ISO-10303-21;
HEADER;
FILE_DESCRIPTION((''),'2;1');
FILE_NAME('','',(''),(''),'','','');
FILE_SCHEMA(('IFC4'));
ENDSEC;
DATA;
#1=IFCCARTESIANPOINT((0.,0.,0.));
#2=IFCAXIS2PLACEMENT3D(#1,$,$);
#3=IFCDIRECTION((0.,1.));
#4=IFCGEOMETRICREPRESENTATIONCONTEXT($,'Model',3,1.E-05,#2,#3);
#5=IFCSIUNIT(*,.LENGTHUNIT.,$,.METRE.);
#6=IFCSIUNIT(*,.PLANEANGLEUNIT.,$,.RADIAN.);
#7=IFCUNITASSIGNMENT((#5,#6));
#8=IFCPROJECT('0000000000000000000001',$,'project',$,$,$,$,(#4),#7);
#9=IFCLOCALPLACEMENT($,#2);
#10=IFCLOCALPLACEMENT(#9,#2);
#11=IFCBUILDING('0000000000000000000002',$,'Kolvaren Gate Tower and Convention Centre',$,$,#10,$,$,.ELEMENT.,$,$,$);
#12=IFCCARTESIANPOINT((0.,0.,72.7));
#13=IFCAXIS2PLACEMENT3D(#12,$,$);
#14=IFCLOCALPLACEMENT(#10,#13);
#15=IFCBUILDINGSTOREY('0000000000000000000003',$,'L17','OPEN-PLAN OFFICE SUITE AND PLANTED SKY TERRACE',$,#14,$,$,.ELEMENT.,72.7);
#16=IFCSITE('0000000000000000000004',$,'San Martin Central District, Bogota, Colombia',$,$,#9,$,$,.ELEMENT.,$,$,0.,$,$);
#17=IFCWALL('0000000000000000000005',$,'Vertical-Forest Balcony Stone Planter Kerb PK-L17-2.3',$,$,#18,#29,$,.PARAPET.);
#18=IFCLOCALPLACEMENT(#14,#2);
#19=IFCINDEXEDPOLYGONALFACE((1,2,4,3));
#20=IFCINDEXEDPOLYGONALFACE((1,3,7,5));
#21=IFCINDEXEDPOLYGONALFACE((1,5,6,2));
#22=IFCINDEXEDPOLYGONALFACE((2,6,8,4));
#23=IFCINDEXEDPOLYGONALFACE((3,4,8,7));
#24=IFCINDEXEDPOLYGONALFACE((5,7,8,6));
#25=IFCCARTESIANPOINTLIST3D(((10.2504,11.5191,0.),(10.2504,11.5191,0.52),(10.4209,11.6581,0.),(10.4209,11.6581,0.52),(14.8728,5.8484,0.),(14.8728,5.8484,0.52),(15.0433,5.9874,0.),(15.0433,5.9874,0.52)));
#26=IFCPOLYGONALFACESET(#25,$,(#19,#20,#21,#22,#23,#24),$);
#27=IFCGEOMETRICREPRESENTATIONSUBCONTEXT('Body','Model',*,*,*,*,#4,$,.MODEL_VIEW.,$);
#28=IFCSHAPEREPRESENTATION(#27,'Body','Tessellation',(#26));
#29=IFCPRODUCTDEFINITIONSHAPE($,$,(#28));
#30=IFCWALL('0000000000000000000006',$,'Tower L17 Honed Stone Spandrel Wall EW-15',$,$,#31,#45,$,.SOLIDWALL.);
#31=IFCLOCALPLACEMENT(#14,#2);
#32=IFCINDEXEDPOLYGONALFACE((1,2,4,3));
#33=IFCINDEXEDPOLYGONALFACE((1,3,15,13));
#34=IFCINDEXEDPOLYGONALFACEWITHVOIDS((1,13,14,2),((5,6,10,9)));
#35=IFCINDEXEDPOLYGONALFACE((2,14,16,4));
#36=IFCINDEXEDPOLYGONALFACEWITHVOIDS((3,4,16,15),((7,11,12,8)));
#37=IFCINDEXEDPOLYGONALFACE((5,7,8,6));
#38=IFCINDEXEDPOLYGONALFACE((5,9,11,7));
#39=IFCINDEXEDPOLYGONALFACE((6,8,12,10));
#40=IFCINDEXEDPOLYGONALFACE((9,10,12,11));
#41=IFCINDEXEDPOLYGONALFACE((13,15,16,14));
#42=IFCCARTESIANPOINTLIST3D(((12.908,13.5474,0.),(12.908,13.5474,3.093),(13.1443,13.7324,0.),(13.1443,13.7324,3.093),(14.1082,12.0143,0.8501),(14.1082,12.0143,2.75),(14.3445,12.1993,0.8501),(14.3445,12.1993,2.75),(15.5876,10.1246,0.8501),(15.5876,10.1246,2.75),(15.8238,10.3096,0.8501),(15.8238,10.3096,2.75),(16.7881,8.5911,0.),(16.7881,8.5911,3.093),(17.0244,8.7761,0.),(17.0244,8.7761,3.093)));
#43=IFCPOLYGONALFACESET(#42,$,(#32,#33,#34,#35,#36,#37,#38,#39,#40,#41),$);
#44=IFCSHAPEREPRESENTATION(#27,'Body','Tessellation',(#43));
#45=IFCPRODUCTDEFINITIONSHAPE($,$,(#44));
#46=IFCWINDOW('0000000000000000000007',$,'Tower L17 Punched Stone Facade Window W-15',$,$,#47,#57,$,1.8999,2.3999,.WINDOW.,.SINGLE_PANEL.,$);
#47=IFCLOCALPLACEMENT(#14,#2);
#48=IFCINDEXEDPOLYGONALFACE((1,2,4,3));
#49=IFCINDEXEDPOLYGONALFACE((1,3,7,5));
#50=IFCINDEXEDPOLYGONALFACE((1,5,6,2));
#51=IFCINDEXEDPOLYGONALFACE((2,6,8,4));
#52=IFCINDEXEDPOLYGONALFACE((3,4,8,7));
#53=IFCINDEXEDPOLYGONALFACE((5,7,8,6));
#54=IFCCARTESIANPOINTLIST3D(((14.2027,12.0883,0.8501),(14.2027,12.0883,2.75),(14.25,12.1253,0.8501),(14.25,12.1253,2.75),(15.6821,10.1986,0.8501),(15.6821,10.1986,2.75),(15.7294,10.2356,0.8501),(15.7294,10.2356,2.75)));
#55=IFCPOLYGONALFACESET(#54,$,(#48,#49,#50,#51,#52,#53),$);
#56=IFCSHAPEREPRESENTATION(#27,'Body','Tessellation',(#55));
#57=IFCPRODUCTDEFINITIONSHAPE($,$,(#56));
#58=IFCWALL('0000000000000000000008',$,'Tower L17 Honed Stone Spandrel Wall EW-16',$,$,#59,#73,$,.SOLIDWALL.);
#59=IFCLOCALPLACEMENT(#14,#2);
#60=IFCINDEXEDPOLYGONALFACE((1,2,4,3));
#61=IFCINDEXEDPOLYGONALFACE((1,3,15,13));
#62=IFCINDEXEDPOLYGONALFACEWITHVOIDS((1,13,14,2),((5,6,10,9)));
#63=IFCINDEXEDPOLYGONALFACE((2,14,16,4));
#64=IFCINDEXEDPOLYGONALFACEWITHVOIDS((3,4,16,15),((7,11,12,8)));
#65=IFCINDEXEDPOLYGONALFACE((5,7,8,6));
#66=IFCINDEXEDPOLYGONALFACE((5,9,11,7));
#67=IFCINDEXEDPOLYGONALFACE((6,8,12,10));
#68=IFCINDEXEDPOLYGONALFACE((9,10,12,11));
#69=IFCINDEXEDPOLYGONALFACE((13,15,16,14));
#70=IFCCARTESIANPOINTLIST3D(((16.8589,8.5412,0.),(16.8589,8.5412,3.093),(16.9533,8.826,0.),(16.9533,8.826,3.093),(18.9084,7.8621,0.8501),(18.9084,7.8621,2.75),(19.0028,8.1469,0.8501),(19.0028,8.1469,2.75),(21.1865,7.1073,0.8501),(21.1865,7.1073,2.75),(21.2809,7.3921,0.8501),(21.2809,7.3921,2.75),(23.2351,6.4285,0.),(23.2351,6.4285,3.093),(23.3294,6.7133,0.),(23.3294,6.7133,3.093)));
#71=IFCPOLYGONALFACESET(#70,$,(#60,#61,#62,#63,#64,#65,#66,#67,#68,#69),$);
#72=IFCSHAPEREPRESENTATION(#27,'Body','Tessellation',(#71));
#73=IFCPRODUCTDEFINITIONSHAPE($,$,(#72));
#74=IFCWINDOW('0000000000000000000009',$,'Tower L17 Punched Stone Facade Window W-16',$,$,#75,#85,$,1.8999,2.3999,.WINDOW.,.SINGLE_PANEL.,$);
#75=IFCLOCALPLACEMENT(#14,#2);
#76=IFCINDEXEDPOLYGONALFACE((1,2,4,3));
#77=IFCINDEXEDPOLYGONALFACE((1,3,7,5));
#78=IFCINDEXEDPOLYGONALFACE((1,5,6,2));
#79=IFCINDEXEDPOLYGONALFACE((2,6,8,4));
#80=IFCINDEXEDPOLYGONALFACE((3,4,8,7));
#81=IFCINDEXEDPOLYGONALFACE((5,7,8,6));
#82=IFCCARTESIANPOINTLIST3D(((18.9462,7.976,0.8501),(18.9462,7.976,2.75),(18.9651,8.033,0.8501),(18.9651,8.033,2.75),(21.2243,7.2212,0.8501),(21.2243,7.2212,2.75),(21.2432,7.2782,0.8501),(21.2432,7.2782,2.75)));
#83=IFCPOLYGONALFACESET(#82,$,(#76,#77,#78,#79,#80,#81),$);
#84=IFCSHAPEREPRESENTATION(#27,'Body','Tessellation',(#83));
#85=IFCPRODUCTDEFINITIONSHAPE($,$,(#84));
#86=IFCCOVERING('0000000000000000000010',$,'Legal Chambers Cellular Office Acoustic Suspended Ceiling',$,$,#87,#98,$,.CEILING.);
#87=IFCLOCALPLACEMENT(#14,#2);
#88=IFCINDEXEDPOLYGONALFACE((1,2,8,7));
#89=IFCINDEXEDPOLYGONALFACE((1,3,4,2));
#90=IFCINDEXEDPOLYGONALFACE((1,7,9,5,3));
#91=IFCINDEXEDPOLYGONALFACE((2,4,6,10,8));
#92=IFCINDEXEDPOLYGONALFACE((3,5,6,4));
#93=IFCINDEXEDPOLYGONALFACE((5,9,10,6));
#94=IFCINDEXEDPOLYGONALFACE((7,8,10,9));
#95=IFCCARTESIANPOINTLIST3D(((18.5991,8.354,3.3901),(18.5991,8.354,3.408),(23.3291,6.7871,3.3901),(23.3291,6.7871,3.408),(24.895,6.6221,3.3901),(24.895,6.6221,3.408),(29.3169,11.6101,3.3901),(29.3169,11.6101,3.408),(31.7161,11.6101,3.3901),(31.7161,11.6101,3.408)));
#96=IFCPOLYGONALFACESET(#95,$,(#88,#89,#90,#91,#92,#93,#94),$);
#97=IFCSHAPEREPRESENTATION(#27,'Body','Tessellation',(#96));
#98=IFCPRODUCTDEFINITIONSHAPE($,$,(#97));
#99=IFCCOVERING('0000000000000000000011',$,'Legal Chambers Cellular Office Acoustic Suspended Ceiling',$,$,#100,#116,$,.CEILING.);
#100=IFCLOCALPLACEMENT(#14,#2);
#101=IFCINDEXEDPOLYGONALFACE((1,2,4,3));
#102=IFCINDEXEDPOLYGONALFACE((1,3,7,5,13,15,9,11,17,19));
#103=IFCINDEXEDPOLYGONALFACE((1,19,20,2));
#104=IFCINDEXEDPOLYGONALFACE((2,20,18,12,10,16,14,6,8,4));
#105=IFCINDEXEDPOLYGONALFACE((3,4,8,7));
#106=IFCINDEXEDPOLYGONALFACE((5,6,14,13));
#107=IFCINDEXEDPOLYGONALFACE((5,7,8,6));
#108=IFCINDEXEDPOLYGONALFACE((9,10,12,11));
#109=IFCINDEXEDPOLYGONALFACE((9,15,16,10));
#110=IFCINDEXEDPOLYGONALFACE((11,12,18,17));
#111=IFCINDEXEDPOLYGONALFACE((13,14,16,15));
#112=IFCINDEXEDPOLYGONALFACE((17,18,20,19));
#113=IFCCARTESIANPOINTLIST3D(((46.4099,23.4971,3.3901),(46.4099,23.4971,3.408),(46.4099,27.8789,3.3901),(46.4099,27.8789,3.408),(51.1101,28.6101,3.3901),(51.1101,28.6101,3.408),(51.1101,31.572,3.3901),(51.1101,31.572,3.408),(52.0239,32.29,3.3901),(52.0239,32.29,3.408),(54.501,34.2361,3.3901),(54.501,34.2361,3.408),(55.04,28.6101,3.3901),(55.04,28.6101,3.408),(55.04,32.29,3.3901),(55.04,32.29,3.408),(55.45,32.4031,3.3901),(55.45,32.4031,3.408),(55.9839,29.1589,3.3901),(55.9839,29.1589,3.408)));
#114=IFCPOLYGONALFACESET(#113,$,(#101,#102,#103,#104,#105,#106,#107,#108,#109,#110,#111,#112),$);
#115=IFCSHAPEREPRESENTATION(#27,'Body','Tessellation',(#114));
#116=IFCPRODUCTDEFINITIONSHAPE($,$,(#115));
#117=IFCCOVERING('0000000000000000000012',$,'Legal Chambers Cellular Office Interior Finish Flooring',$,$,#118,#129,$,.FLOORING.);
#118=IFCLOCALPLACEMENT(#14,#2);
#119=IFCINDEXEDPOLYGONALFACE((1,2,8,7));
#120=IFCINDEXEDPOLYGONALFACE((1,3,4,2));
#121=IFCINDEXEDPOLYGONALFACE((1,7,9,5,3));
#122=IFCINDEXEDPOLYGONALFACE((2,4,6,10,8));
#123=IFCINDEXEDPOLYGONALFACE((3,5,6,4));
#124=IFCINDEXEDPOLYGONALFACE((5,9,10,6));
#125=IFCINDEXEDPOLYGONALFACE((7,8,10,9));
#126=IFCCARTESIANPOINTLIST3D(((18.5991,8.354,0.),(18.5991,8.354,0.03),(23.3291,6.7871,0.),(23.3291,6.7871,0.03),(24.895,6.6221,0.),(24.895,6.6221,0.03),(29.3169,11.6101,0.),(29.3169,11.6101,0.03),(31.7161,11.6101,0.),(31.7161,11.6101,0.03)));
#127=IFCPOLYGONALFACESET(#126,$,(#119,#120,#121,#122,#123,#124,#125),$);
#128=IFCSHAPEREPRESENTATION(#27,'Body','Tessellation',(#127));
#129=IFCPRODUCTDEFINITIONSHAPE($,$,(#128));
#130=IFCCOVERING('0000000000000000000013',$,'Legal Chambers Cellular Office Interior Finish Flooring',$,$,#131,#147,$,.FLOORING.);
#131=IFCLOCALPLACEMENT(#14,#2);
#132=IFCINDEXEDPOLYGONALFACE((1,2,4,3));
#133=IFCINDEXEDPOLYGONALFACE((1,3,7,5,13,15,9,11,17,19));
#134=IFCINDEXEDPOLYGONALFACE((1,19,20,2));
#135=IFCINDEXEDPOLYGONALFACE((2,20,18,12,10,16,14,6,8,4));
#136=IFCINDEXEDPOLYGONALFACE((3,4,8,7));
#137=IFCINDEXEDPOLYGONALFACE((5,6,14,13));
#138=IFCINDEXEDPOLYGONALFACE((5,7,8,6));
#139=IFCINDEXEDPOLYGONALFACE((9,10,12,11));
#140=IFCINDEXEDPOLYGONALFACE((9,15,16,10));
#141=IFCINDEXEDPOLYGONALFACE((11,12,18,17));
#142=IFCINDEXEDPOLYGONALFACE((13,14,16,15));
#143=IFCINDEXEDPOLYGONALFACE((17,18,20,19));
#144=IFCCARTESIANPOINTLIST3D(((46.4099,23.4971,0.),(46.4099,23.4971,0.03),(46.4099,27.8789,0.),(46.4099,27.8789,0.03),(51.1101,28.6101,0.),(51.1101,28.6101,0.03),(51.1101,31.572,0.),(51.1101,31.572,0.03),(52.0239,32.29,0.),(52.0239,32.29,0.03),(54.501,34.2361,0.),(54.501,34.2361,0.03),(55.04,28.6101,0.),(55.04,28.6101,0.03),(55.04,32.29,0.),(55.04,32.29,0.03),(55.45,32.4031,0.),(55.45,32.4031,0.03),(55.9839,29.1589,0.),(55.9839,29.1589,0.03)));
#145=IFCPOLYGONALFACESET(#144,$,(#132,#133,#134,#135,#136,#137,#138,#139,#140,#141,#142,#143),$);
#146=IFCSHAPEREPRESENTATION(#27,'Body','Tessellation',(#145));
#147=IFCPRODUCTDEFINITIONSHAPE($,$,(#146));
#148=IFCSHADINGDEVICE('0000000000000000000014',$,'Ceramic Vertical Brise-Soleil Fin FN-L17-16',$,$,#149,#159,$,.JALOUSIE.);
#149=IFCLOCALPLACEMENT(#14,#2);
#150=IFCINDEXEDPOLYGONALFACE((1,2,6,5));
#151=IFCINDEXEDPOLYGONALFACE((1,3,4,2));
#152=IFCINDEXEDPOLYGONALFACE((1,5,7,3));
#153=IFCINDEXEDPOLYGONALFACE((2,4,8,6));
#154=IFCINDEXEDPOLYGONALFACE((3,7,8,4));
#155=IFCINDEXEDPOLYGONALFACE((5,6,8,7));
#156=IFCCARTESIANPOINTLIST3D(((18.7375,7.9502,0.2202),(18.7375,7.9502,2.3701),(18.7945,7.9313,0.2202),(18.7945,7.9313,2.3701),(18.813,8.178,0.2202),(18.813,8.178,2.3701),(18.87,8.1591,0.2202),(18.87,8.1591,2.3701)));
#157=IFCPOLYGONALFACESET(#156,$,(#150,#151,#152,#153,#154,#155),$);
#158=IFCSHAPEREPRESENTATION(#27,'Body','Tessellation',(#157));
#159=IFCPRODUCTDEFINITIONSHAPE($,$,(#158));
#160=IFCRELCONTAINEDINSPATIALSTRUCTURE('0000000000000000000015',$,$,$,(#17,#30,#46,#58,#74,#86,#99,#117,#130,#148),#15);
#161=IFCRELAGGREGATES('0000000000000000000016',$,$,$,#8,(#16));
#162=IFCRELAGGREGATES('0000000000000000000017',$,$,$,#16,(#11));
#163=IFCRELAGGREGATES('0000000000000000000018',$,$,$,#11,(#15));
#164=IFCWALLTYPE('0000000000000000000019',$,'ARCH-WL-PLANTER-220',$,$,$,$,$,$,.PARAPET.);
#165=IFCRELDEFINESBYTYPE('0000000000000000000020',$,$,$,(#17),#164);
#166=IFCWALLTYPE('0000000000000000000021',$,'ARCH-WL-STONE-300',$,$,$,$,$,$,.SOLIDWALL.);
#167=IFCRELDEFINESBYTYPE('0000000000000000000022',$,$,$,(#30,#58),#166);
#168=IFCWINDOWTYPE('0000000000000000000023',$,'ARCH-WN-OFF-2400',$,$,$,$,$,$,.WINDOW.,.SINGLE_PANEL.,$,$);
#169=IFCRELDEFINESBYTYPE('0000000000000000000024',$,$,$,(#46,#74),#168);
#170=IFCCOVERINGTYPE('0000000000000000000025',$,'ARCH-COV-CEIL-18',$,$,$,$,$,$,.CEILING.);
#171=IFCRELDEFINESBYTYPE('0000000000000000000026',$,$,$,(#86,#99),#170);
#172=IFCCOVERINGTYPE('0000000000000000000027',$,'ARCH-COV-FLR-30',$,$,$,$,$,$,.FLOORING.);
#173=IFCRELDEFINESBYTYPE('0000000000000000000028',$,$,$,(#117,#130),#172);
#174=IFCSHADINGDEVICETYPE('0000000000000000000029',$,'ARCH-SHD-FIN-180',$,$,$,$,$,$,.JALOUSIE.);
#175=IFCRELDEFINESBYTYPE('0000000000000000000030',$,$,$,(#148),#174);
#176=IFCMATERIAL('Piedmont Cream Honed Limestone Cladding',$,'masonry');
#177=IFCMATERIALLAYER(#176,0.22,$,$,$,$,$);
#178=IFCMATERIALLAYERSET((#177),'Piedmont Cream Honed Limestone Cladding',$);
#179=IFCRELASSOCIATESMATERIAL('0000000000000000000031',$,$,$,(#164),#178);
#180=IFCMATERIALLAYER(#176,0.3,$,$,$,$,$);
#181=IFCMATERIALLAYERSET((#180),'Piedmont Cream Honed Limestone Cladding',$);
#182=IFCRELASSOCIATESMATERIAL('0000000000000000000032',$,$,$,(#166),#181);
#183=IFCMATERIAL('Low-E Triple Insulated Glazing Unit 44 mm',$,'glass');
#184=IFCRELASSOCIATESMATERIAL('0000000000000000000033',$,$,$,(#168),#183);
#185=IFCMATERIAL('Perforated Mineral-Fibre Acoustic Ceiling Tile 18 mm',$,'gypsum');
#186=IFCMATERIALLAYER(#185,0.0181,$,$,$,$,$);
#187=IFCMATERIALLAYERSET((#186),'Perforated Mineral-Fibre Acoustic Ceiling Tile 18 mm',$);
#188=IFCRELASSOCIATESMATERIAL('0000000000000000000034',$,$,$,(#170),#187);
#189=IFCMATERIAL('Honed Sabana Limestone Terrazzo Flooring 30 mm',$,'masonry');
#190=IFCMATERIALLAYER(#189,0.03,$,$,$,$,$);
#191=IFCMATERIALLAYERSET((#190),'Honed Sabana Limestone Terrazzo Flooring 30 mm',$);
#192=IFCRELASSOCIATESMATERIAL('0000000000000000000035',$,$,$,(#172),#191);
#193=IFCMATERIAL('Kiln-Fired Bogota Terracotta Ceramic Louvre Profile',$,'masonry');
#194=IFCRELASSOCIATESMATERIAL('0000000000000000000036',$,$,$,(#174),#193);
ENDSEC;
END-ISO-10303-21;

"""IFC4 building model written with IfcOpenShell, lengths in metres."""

from ifc_helpers import new_model, si_unit, direction, frame, frame_2d, origin, origin_2d, place, context, subcontext, project, spatial, polyline, rectangle, outline, extrude, material, layer, layer_set, type_object, element, fill, save


model = new_model("IFC4")

# Units and contexts
model_context = context("Model", 3, precision=1e-05, world=origin(), true_north=direction((0.0, 1.0)))
body_context = subcontext(model_context, "Body", "Model", "MODEL_VIEW")
ifc_project = project(units=[si_unit("LENGTHUNIT", "METRE"), si_unit("PLANEANGLEUNIT", "RADIAN")], contexts=[model_context])

# Site, building, storey
site_placement = place(None, origin())
site = spatial("IfcSite", under=ifc_project, at=site_placement, Name="San Martin Central District, Bogota, Colombia", CompositionType="ELEMENT", RefElevation=0.0)
building_placement = place(site_placement, origin())
building = spatial("IfcBuilding", under=site, at=building_placement, Name="Kolvaren Gate Tower and Convention Centre", CompositionType="ELEMENT")
storey_placement = place(building_placement, frame((0.0, 0.0, 72.7)))
storey = spatial("IfcBuildingStorey", under=building, at=storey_placement, Name="L17", Description="OPEN-PLAN OFFICE SUITE AND PLANTED SKY TERRACE", CompositionType="ELEMENT", Elevation=72.7)

# Wall
ifc_material_1 = material(Name="Piedmont Cream Honed Limestone Cladding", Category="masonry")
ifc_layer_1 = layer(ifc_material_1, 0.22)
ifc_layer_set_1 = layer_set([ifc_layer_1], Name="Piedmont Cream Honed Limestone Cladding")
wall_type_1 = type_object("IfcWallType", Name="ARCH-WL-PLANTER-220", PredefinedType="PARAPET", material=ifc_layer_set_1)
wall_1_placement = place(storey_placement, frame((10.3357, 11.5886, 0.0), z_axis=(0.0, 0.0, 1.0), x_axis=(0.631819, -0.775116, 0.0)))
element("IfcWall", 1, at=wall_1_placement, inside=storey, type_object=wall_type_1, Name="Vertical-Forest Balcony Stone Planter Kerb PK-L17-2.3", PredefinedType="PARAPET", context=body_context, shape_type="SweptSolid", body=[
    extrude(rectangle(XDim=7.3159, YDim=0.22, at=frame_2d((3.658, 0.0))), origin(), (0.0, 0.0, 1.0), 0.52),
])

# Walls, openings, windows
ifc_layer_2 = layer(ifc_material_1, 0.3)
ifc_layer_set_2 = layer_set([ifc_layer_2], Name="Piedmont Cream Honed Limestone Cladding")
wall_type_2 = type_object("IfcWallType", Name="ARCH-WL-STONE-300", PredefinedType="SOLIDWALL", material=ifc_layer_set_2)
wall_2_placement = place(storey_placement, frame((13.0261, 13.6399, 0.0), z_axis=(0.0, 0.0, 1.0), x_axis=(0.616435, -0.787406, 0.0)))
wall_2 = element("IfcWall", 2, at=wall_2_placement, inside=storey, type_object=wall_type_2, Name="Tower L17 Honed Stone Spandrel Wall EW-15", PredefinedType="SOLIDWALL", context=body_context, shape_type="SweptSolid", body=[
    extrude(rectangle(XDim=6.2944, YDim=0.3, at=frame_2d((3.1472, 0.0))), origin(), (0.0, 0.0, 1.0), 3.093),
])
opening_1_placement = place(wall_2_placement, frame((1.947, 0.0, 0.8501)))
opening_1 = element("IfcOpeningElement", 3, at=opening_1_placement, cuts=wall_2, PredefinedType="OPENING", context=body_context, shape_type="SweptSolid", body=[
    extrude(rectangle(XDim=2.3999, YDim=1.8999, at=frame_2d((1.2, 0.95))), frame((0.0, 0.1599, 0.0), z_axis=(0.0, -1.0, 0.0), x_axis=(1.0, 0.0, 0.0)), (0.0, 0.0, 1.0), 0.3201),
])
ifc_material_2 = material(Name="Low-E Triple Insulated Glazing Unit 44 mm", Category="glass")
window_type = type_object("IfcWindowType", Name="ARCH-WN-OFF-2400", PartitioningType="SINGLE_PANEL", PredefinedType="WINDOW", material=ifc_material_2)
window_1_placement = place(opening_1_placement, origin())
window_1 = element("IfcWindow", 4, at=window_1_placement, inside=storey, type_object=window_type, Name="Tower L17 Punched Stone Facade Window W-15", OverallHeight=1.8999, OverallWidth=2.3999, PartitioningType="SINGLE_PANEL", PredefinedType="WINDOW", context=body_context, shape_type="SweptSolid", body=[
    extrude(rectangle(XDim=2.3999, YDim=1.8999, at=frame_2d((1.2, 0.95))), frame((0.0, 0.03, 0.0), z_axis=(0.0, -1.0, 0.0), x_axis=(1.0, 0.0, 0.0)), (0.0, 0.0, 1.0), 0.0601),
])
fill(opening_1, window_1)
wall_3_placement = place(storey_placement, frame((16.9062, 8.6836, 0.0), z_axis=(0.0, 0.0, 1.0), x_axis=(0.949245, -0.314537, 0.0)))
wall_3 = element("IfcWall", 5, at=wall_3_placement, inside=storey, type_object=wall_type_2, Name="Tower L17 Honed Stone Spandrel Wall EW-16", PredefinedType="SOLIDWALL", context=body_context, shape_type="SweptSolid", body=[
    extrude(rectangle(XDim=6.717, YDim=0.3, at=frame_2d((3.3584, 0.0))), origin(), (0.0, 0.0, 1.0), 3.093),
])
opening_2_placement = place(wall_3_placement, frame((2.1589, 0.0, 0.8501)))
opening_2 = element("IfcOpeningElement", 6, at=opening_2_placement, cuts=wall_3, PredefinedType="OPENING", context=body_context, shape_type="SweptSolid", body=[
    extrude(rectangle(XDim=2.3999, YDim=1.8999, at=frame_2d((1.2, 0.95))), frame((0.0, 0.1599, 0.0), z_axis=(0.0, -1.0, 0.0), x_axis=(1.0, 0.0, 0.0)), (0.0, 0.0, 1.0), 0.3201),
])
window_2_placement = place(opening_2_placement, origin())
window_2 = element("IfcWindow", 7, at=window_2_placement, inside=storey, type_object=window_type, Name="Tower L17 Punched Stone Facade Window W-16", OverallHeight=1.8999, OverallWidth=2.3999, PartitioningType="SINGLE_PANEL", PredefinedType="WINDOW", context=body_context, shape_type="SweptSolid", body=[
    extrude(rectangle(XDim=2.3999, YDim=1.8999, at=frame_2d((1.2, 0.95))), frame((0.0, 0.03, 0.0), z_axis=(0.0, -1.0, 0.0), x_axis=(1.0, 0.0, 0.0)), (0.0, 0.0, 1.0), 0.0601),
])
fill(opening_2, window_2)

# Coverings
ifc_material_3 = material(Name="Perforated Mineral-Fibre Acoustic Ceiling Tile 18 mm", Category="gypsum")
ifc_layer_3 = layer(ifc_material_3, 0.0181)
ifc_layer_set_3 = layer_set([ifc_layer_3], Name="Perforated Mineral-Fibre Acoustic Ceiling Tile 18 mm")
covering_type_1 = type_object("IfcCoveringType", Name="ARCH-COV-CEIL-18", PredefinedType="CEILING", material=ifc_layer_set_3)
covering_1_placement = place(storey_placement, frame((0.0, 0.0, 3.3901)))
element("IfcCovering", 8, at=covering_1_placement, inside=storey, type_object=covering_type_1, Name="Legal Chambers Cellular Office Acoustic Suspended Ceiling", PredefinedType="CEILING", context=body_context, shape_type="SweptSolid", body=[
    extrude(outline(polyline([(24.895, 6.6221), (23.3291, 6.7871), (18.5991, 8.354), (29.3169, 11.6101), (31.7161, 11.6101), (24.895, 6.6221)])), origin(), (0.0, 0.0, 1.0), 0.0178),
])
covering_2_placement = place(storey_placement, frame((0.0, 0.0, 3.3901)))
element("IfcCovering", 9, at=covering_2_placement, inside=storey, type_object=covering_type_1, Name="Legal Chambers Cellular Office Acoustic Suspended Ceiling", PredefinedType="CEILING", context=body_context, shape_type="SweptSolid", body=[
    extrude(outline(polyline([(55.9839, 29.1589), (46.4099, 23.4971), (46.4099, 27.8789), (51.1101, 31.572), (51.1101, 28.6101), (55.04, 28.6101), (55.04, 32.29), (52.0239, 32.29), (54.501, 34.2361), (55.45, 32.4031), (55.9839, 29.1589)])), origin(), (0.0, 0.0, 1.0), 0.0178),
])
ifc_material_4 = material(Name="Honed Sabana Limestone Terrazzo Flooring 30 mm", Category="masonry")
ifc_layer_4 = layer(ifc_material_4, 0.03)
ifc_layer_set_4 = layer_set([ifc_layer_4], Name="Honed Sabana Limestone Terrazzo Flooring 30 mm")
covering_type_2 = type_object("IfcCoveringType", Name="ARCH-COV-FLR-30", PredefinedType="FLOORING", material=ifc_layer_set_4)
covering_3_placement = place(storey_placement, origin())
element("IfcCovering", 10, at=covering_3_placement, inside=storey, type_object=covering_type_2, Name="Legal Chambers Cellular Office Interior Finish Flooring", PredefinedType="FLOORING", context=body_context, shape_type="SweptSolid", body=[
    extrude(outline(polyline([(24.895, 6.6221), (23.3291, 6.7871), (18.5991, 8.354), (29.3169, 11.6101), (31.7161, 11.6101), (24.895, 6.6221)])), origin(), (0.0, 0.0, 1.0), 0.03),
])
covering_4_placement = place(storey_placement, origin())
element("IfcCovering", 11, at=covering_4_placement, inside=storey, type_object=covering_type_2, Name="Legal Chambers Cellular Office Interior Finish Flooring", PredefinedType="FLOORING", context=body_context, shape_type="SweptSolid", body=[
    extrude(outline(polyline([(55.9839, 29.1589), (46.4099, 23.4971), (46.4099, 27.8789), (51.1101, 31.572), (51.1101, 28.6101), (55.04, 28.6101), (55.04, 32.29), (52.0239, 32.29), (54.501, 34.2361), (55.45, 32.4031), (55.9839, 29.1589)])), origin(), (0.0, 0.0, 1.0), 0.03),
])

# Shading device
ifc_material_5 = material(Name="Kiln-Fired Bogota Terracotta Ceramic Louvre Profile", Category="masonry")
shading_device_type = type_object("IfcShadingDeviceType", Name="ARCH-SHD-FIN-180", PredefinedType="JALOUSIE", material=ifc_material_5)
shading_device_placement = place(storey_placement, frame((18.8037, 8.0547, 0.2202), z_axis=(0.0, 0.0, 1.0), x_axis=(0.949242, -0.314548, 0.0)))
element("IfcShadingDevice", 12, at=shading_device_placement, inside=storey, type_object=shading_device_type, Name="Ceramic Vertical Brise-Soleil Fin FN-L17-16", PredefinedType="JALOUSIE", context=body_context, shape_type="SweptSolid", body=[
    extrude(rectangle(XDim=0.0601, YDim=0.24, at=origin_2d()), origin(), (0.0, 0.0, 1.0), 2.1499),
])

save(model, "model.ifc")
